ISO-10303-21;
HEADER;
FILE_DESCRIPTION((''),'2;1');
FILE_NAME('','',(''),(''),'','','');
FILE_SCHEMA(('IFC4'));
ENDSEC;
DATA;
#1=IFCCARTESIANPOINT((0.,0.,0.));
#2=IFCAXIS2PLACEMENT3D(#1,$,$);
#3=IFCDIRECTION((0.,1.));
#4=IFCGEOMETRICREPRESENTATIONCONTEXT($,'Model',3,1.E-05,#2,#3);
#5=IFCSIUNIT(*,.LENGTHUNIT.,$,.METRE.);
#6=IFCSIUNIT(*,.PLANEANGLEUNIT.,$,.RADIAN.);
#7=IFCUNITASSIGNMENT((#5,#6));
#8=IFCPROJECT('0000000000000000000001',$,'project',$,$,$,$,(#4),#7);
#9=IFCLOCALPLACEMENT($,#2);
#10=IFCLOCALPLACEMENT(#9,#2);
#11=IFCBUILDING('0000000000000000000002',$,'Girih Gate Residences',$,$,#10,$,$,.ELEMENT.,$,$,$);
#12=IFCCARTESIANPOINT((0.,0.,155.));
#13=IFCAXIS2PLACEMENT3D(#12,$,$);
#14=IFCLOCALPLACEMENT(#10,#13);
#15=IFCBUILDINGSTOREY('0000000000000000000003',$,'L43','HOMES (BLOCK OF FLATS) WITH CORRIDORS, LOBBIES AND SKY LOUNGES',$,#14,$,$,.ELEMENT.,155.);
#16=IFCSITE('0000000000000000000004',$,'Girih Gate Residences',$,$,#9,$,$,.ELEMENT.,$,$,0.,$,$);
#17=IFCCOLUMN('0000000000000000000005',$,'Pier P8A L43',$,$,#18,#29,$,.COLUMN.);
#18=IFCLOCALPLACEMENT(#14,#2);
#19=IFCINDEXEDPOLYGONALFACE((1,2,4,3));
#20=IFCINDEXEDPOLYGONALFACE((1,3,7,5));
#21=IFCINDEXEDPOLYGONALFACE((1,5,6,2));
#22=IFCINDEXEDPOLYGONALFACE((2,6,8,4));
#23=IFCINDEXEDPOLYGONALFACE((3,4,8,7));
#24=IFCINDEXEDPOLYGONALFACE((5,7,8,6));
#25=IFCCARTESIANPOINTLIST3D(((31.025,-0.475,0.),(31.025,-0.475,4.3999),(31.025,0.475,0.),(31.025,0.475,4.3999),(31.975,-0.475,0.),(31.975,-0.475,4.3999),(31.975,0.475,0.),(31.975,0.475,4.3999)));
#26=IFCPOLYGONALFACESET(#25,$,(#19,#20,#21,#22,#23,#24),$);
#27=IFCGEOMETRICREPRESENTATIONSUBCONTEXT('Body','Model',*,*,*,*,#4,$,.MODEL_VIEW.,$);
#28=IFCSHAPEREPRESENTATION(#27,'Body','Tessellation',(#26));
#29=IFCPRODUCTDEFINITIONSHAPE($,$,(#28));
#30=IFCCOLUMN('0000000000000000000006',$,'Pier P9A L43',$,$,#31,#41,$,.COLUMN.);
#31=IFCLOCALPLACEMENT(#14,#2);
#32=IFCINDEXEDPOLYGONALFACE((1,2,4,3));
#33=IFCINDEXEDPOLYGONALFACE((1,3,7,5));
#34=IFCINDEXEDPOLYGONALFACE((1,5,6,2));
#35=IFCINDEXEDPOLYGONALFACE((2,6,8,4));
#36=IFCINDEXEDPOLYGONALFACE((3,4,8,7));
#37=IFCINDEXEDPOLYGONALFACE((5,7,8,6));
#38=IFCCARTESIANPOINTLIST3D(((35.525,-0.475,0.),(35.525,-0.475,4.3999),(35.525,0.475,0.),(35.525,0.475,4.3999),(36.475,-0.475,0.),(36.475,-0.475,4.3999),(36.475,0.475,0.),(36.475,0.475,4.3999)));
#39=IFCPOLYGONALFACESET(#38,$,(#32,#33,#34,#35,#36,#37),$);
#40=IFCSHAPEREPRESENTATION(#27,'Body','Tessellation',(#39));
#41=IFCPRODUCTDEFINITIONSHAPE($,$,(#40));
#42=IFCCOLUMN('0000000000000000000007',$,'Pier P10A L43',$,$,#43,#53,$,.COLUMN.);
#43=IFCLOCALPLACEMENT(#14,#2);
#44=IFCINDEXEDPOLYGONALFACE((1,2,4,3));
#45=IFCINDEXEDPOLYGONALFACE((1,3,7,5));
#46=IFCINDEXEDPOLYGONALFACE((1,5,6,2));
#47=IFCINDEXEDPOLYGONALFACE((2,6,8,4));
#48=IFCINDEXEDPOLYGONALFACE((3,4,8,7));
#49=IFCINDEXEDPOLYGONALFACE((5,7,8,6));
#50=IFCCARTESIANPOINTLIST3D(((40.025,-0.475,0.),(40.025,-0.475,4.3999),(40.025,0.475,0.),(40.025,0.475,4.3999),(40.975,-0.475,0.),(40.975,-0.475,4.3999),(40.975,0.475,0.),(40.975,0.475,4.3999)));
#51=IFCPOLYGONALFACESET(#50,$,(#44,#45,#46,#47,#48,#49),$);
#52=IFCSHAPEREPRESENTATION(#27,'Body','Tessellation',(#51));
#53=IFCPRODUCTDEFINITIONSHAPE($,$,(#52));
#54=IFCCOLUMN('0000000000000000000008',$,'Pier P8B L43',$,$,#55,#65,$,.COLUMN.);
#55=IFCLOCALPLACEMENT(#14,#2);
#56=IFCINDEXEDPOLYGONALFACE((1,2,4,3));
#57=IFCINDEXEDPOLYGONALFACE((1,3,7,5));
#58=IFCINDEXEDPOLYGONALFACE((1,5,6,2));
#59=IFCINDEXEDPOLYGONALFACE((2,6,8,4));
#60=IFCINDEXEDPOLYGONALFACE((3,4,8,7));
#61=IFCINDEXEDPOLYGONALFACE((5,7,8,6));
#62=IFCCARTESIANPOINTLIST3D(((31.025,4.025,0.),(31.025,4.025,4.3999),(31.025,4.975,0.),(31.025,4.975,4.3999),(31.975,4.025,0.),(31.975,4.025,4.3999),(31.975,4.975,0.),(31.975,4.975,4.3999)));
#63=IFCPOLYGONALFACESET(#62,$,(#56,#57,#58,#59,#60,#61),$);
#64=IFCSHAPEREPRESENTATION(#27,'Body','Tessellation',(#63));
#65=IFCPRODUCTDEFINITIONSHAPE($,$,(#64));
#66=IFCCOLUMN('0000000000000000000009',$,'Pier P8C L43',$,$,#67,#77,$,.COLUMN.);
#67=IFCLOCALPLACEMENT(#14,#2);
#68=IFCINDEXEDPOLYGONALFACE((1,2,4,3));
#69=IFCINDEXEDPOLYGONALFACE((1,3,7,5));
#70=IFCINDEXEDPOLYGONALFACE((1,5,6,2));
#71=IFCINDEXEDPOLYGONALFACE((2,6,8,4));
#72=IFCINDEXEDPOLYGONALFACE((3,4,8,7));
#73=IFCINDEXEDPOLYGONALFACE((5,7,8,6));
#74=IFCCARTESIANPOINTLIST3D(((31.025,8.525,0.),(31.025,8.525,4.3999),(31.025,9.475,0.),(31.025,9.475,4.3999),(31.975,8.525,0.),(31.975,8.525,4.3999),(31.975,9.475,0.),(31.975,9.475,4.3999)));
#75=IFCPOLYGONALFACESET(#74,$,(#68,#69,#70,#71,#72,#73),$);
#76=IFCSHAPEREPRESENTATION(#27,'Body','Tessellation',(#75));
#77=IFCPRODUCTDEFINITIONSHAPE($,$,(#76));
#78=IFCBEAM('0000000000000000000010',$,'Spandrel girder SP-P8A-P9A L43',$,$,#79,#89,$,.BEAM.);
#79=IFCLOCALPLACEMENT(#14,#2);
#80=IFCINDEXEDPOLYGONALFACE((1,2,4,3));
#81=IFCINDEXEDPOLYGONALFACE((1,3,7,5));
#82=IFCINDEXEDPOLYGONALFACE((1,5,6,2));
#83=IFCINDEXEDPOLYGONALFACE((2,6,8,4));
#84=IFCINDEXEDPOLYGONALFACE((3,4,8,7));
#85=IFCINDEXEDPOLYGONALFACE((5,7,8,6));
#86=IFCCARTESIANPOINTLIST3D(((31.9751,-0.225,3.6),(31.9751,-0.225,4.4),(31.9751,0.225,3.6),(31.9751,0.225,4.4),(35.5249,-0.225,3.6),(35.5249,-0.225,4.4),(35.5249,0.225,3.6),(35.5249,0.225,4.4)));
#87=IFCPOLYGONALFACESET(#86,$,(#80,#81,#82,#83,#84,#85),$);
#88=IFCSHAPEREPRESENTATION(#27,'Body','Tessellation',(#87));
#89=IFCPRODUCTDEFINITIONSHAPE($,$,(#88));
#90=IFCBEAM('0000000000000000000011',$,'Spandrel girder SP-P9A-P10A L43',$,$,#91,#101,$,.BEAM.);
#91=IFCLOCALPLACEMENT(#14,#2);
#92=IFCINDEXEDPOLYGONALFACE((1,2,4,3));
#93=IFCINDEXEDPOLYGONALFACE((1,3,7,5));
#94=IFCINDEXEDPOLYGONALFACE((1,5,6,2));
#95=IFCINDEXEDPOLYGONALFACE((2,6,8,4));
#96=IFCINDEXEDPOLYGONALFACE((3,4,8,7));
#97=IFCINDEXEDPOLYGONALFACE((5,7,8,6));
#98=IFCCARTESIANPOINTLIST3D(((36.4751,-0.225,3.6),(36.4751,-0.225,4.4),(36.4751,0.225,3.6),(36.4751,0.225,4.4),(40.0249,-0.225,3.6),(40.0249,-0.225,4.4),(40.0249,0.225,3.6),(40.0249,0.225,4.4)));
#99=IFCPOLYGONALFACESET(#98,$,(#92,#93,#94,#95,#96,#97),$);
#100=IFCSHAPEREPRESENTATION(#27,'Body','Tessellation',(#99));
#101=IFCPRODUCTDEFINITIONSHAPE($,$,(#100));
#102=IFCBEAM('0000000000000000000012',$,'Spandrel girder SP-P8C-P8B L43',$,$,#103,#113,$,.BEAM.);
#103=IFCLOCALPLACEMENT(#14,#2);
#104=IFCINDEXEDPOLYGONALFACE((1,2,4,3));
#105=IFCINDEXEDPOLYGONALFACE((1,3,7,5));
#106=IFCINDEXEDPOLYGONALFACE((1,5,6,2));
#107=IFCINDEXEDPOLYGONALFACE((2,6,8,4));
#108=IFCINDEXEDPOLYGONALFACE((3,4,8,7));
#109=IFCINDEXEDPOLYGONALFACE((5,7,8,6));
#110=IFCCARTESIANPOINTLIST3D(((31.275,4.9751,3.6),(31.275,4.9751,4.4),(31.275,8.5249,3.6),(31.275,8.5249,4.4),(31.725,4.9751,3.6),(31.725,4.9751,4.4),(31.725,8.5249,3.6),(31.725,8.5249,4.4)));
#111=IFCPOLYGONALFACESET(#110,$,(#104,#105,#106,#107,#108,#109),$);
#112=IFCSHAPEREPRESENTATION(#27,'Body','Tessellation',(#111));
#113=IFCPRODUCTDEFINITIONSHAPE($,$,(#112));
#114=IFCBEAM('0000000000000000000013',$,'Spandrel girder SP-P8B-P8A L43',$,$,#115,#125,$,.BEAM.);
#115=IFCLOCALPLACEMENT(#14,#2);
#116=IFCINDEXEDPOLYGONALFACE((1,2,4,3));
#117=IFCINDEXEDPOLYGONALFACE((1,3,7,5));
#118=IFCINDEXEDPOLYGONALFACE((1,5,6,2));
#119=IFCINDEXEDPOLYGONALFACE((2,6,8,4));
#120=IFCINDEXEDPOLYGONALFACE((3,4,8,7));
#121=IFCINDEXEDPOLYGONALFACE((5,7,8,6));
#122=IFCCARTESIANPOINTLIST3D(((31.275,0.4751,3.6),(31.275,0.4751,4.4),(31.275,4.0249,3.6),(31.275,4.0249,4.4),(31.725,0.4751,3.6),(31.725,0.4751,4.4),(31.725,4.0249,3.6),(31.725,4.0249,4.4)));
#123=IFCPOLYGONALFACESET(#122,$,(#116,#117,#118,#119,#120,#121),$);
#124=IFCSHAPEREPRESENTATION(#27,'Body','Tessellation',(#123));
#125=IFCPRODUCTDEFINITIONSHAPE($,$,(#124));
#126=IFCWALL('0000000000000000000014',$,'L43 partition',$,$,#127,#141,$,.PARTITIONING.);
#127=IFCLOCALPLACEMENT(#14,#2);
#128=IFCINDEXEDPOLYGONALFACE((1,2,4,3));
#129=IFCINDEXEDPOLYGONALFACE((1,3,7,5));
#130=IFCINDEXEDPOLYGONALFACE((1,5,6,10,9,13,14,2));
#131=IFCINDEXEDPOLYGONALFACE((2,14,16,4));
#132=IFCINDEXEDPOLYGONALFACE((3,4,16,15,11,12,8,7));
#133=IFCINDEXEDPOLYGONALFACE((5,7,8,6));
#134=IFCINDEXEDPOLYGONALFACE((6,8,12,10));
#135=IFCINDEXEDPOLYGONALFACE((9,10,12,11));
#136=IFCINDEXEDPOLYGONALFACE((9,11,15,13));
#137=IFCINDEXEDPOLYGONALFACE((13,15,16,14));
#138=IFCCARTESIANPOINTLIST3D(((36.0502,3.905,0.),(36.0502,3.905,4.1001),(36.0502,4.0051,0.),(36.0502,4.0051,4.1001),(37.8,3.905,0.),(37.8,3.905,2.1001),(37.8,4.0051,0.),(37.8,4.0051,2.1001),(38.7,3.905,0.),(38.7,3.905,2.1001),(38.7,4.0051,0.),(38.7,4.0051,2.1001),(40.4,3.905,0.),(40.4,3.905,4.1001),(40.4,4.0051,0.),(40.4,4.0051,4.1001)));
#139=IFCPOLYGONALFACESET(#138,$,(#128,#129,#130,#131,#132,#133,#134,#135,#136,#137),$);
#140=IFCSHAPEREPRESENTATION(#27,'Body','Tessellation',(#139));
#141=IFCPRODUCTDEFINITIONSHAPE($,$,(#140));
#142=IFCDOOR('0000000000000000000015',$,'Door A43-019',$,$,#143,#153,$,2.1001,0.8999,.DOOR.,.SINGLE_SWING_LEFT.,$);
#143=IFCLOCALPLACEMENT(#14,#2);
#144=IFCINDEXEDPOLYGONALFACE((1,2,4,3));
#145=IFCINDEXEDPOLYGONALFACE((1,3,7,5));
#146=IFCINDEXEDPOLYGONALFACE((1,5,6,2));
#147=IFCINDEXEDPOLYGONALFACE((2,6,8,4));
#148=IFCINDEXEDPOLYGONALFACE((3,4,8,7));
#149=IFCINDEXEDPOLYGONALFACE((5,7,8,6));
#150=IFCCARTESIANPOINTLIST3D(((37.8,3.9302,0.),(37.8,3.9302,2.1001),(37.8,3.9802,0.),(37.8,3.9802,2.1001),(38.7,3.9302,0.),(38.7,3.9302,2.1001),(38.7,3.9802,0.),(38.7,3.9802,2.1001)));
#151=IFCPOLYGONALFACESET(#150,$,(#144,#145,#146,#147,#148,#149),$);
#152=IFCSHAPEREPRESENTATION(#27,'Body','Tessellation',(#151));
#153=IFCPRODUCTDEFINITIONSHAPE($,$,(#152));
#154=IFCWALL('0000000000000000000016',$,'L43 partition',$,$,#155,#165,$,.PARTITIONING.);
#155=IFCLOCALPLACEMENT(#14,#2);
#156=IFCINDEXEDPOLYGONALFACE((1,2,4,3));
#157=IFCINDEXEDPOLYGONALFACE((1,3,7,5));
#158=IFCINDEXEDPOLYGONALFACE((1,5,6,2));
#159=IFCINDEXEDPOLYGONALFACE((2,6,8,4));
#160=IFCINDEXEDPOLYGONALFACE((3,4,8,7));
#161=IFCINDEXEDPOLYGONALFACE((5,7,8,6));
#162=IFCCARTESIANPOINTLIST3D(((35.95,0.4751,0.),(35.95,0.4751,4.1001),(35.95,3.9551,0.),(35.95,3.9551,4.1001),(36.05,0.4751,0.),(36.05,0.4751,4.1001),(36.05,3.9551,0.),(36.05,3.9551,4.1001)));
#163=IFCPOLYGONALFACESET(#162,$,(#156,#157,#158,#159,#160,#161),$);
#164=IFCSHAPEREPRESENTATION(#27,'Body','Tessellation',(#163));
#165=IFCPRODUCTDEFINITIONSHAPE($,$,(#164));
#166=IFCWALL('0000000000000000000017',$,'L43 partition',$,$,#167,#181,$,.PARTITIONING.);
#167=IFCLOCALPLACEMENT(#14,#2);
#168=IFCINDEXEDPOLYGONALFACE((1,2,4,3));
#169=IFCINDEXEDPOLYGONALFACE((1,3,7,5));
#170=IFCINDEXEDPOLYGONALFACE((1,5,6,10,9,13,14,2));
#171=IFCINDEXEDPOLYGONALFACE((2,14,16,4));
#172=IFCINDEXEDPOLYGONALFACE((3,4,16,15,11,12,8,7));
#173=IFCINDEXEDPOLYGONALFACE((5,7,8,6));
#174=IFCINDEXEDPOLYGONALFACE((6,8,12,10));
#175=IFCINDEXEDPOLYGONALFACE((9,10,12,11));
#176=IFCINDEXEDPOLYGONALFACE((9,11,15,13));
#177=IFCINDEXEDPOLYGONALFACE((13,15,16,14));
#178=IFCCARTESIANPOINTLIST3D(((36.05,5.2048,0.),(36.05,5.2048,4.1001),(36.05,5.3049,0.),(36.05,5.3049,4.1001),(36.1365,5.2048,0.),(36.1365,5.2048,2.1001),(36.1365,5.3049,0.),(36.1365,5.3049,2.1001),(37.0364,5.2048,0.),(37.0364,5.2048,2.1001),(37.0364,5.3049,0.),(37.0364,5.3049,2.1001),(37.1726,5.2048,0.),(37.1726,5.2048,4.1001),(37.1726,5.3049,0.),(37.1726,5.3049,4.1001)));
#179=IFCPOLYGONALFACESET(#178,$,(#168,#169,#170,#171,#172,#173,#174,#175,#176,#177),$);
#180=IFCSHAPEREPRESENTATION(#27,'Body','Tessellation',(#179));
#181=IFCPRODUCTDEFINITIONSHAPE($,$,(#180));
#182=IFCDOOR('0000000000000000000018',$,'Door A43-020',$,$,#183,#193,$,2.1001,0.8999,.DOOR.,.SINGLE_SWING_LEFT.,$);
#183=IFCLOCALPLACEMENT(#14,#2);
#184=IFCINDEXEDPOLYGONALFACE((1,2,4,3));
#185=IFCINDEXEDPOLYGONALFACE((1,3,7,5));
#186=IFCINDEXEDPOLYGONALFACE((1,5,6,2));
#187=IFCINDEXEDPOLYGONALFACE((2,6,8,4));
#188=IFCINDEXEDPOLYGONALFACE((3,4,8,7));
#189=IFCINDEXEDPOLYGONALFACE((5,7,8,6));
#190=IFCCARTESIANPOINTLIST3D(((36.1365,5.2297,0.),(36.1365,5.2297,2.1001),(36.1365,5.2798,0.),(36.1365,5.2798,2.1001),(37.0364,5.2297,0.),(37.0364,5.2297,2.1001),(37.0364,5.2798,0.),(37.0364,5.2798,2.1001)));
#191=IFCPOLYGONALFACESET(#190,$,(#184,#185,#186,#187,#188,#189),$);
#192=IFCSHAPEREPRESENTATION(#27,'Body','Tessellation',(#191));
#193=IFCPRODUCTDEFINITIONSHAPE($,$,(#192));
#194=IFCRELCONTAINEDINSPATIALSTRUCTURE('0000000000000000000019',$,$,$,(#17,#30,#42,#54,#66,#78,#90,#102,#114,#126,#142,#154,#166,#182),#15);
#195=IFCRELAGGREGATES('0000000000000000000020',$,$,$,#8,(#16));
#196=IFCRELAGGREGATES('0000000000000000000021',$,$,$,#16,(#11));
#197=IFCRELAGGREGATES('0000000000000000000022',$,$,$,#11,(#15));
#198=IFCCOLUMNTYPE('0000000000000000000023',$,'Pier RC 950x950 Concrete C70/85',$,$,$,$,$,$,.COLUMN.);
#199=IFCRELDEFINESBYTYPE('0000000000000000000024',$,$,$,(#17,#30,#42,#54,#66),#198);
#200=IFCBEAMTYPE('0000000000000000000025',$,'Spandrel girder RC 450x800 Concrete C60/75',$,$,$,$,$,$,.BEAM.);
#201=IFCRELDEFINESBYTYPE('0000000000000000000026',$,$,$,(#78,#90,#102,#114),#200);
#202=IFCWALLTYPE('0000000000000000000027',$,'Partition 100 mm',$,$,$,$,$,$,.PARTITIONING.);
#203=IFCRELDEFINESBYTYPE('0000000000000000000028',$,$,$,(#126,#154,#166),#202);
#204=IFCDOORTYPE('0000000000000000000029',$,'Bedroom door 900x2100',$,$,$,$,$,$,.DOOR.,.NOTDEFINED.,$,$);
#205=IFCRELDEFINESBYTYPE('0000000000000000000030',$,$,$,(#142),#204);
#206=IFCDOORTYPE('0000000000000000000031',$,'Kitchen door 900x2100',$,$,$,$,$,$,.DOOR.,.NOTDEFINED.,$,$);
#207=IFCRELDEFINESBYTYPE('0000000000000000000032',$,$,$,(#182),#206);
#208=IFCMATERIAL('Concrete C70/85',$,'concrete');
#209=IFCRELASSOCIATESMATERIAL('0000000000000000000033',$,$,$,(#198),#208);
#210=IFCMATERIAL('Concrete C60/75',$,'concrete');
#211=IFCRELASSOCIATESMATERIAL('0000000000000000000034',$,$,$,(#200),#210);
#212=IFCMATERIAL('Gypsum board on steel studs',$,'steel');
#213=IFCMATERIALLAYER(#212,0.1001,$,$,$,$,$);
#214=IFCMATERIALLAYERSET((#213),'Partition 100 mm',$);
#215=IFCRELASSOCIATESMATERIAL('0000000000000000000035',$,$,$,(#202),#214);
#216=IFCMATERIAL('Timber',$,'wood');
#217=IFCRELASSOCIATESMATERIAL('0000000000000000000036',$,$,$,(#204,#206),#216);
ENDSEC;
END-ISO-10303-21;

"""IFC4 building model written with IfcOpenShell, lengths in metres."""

from ifc_helpers import new_model, si_unit, direction, frame, frame_2d, origin, origin_2d, place, context, subcontext, project, spatial, rectangle, extrude, material, layer, layer_set, material_profile, profile_set, type_object, element, fill, save


model = new_model("IFC4")

# Units and contexts
model_context = context("Model", 3, precision=1e-05, world=origin(), true_north=direction((0.0, 1.0)))
body_context = subcontext(model_context, "Body", "Model", "MODEL_VIEW")
ifc_project = project(units=[si_unit("LENGTHUNIT", "METRE"), si_unit("PLANEANGLEUNIT", "RADIAN")], contexts=[model_context])

# Site, building, storey
site_placement = place(None, origin())
site = spatial("IfcSite", under=ifc_project, at=site_placement, Name="Girih Gate Residences", CompositionType="ELEMENT", RefElevation=0.0)
building_placement = place(site_placement, origin())
building = spatial("IfcBuilding", under=site, at=building_placement, Name="Girih Gate Residences", CompositionType="ELEMENT")
storey_placement = place(building_placement, frame((0.0, 0.0, 155.0)))
storey = spatial("IfcBuildingStorey", under=building, at=storey_placement, Name="L43", Description="HOMES (BLOCK OF FLATS) WITH CORRIDORS, LOBBIES AND SKY LOUNGES", CompositionType="ELEMENT", Elevation=155.0)

# Columns
ifc_material_1 = material(Name="Concrete C70/85", Category="concrete")
ifc_material_profile_1 = material_profile(ifc_material_1, rectangle(XDim=0.95, YDim=0.95, at=origin_2d()))
ifc_profile_set_1 = profile_set([ifc_material_profile_1], Name="Concrete C70/85")
column_type = type_object("IfcColumnType", Name="Pier RC 950x950 Concrete C70/85", PredefinedType="COLUMN", material=ifc_profile_set_1)
for number, where, z_axis, x_axis, name in (
    (1, (31.5, 0.0, 0.0), (0.0, 0.0, 1.0), (1.0, 0.0, 0.0), "Pier P8A L43"),
    (2, (36.0, 0.0, 0.0), (0.0, 0.0, 1.0), (1.0, 0.0, 0.0), "Pier P9A L43"),
    (3, (40.5, 0.0, 0.0), (0.0, 0.0, 1.0), (1.0, 0.0, 0.0), "Pier P10A L43"),
    (4, (31.5, 4.5, 0.0), (0.0, 0.0, 1.0), (1.0, 0.0, 0.0), "Pier P8B L43"),
    (5, (31.5, 9.0, 0.0), (0.0, 0.0, 1.0), (1.0, 0.0, 0.0), "Pier P8C L43"),
):
    element("IfcColumn", number, at=place(storey_placement, frame(where, z_axis=z_axis, x_axis=x_axis)), inside=storey, type_object=column_type, Name=name, PredefinedType="COLUMN", context=body_context, shape_type="SweptSolid", body=[
        extrude(rectangle(XDim=0.95, YDim=0.95, at=origin_2d()), origin(), (0.0, 0.0, 1.0), 4.3999),
    ])

# Beams
ifc_material_2 = material(Name="Concrete C60/75", Category="concrete")
ifc_material_profile_2 = material_profile(ifc_material_2, rectangle(XDim=0.45, YDim=0.8, at=origin_2d()))
ifc_profile_set_2 = profile_set([ifc_material_profile_2], Name="Concrete C60/75")
beam_type = type_object("IfcBeamType", Name="Spandrel girder RC 450x800 Concrete C60/75", PredefinedType="BEAM", material=ifc_profile_set_2)
for number, where, z_axis, x_axis, name in (
    (6, (31.9751, 0.0, 4.0), (1.0, 0.0, 0.0), (0.0, 1.0, 0.0), "Spandrel girder SP-P8A-P9A L43"),
    (7, (36.4751, 0.0, 4.0), (1.0, 0.0, 0.0), (0.0, 1.0, 0.0), "Spandrel girder SP-P9A-P10A L43"),
    (8, (31.5, 8.5249, 4.0), (0.0, -1.0, 0.0), (1.0, 0.0, 0.0), "Spandrel girder SP-P8C-P8B L43"),
    (9, (31.5, 4.0249, 4.0), (0.0, -1.0, 0.0), (1.0, 0.0, 0.0), "Spandrel girder SP-P8B-P8A L43"),
):
    element("IfcBeam", number, at=place(storey_placement, frame(where, z_axis=z_axis, x_axis=x_axis)), inside=storey, type_object=beam_type, Name=name, PredefinedType="BEAM", context=body_context, shape_type="SweptSolid", body=[
        extrude(rectangle(XDim=0.45, YDim=0.8, at=origin_2d()), origin(), (0.0, 0.0, 1.0), 3.5498),
    ])

# Wall, opening, door
ifc_material_3 = material(Name="Gypsum board on steel studs", Category="steel")
ifc_layer_1 = layer(ifc_material_3, 0.1001)
ifc_layer_set_1 = layer_set([ifc_layer_1], Name="Partition 100 mm")
wall_type_1 = type_object("IfcWallType", Name="Partition 100 mm", PredefinedType="PARTITIONING", material=ifc_layer_set_1)
wall_1_placement = place(storey_placement, frame((40.3999, 3.9551, 0.0), z_axis=(0.0, 0.0, 1.0), x_axis=(-1.0, 0.0, 0.0)))
wall_1 = element("IfcWall", 10, at=wall_1_placement, inside=storey, type_object=wall_type_1, Name="L43 partition", PredefinedType="PARTITIONING", context=body_context, shape_type="SweptSolid", body=[
    extrude(rectangle(XDim=4.3499, YDim=0.1001, at=frame_2d((2.1748, 0.0))), origin(), (0.0, 0.0, 1.0), 4.1001),
])
opening_1_placement = place(wall_1_placement, frame((1.7, 0.0, 0.0)))
opening_1 = element("IfcOpeningElement", 11, at=opening_1_placement, cuts=wall_1, PredefinedType="OPENING", context=body_context, shape_type="SweptSolid", body=[
    extrude(rectangle(XDim=0.8999, YDim=2.1001, at=frame_2d((0.45, 1.05))), frame((0.0, 0.0601, 0.0), z_axis=(0.0, -1.0, 0.0), x_axis=(1.0, 0.0, 0.0)), (0.0, 0.0, 1.0), 0.1201),
])
ifc_material_4 = material(Name="Timber", Category="wood")
door_type_1 = type_object("IfcDoorType", Name="Bedroom door 900x2100", OperationType="NOTDEFINED", PredefinedType="DOOR", material=ifc_material_4)
door_1_placement = place(opening_1_placement, origin())
door_1 = element("IfcDoor", 12, at=door_1_placement, inside=storey, type_object=door_type_1, Name="Door A43-019", OperationType="SINGLE_SWING_LEFT", OverallHeight=2.1001, OverallWidth=0.8999, PredefinedType="DOOR", context=body_context, shape_type="SweptSolid", body=[
    extrude(rectangle(XDim=0.8999, YDim=2.1001, at=frame_2d((0.45, 1.05))), frame((0.0, 0.0249, 0.0), z_axis=(0.0, -1.0, 0.0), x_axis=(1.0, 0.0, 0.0)), (0.0, 0.0, 1.0), 0.05),
])
fill(opening_1, door_1)

# Wall
wall_2_placement = place(storey_placement, frame((36.0, 0.4751, 0.0), z_axis=(0.0, 0.0, 1.0), x_axis=(0.0, 1.0, 0.0)))
element("IfcWall", 13, at=wall_2_placement, inside=storey, type_object=wall_type_1, Name="L43 partition", PredefinedType="PARTITIONING", context=body_context, shape_type="SweptSolid", body=[
    extrude(rectangle(XDim=3.48, YDim=0.1001, at=frame_2d((1.74, 0.0))), origin(), (0.0, 0.0, 1.0), 4.1001),
])

# Wall, opening, door
wall_3_placement = place(storey_placement, frame((36.05, 5.2549, 0.0), z_axis=(0.0, 0.0, 1.0), x_axis=(1.0, 0.0, 0.0)))
wall_3 = element("IfcWall", 14, at=wall_3_placement, inside=storey, type_object=wall_type_1, Name="L43 partition", PredefinedType="PARTITIONING", context=body_context, shape_type="SweptSolid", body=[
    extrude(rectangle(XDim=1.1226, YDim=0.1001, at=frame_2d((0.5613, 0.0))), origin(), (0.0, 0.0, 1.0), 4.1001),
])
opening_2_placement = place(wall_3_placement, frame((0.0864, 0.0, 0.0)))
opening_2 = element("IfcOpeningElement", 15, at=opening_2_placement, cuts=wall_3, PredefinedType="OPENING", context=body_context, shape_type="SweptSolid", body=[
    extrude(rectangle(XDim=0.8999, YDim=2.1001, at=frame_2d((0.45, 1.05))), frame((0.0, 0.0601, 0.0), z_axis=(0.0, -1.0, 0.0), x_axis=(1.0, 0.0, 0.0)), (0.0, 0.0, 1.0), 0.1201),
])
door_type_2 = type_object("IfcDoorType", Name="Kitchen door 900x2100", OperationType="NOTDEFINED", PredefinedType="DOOR", material=ifc_material_4)
door_2_placement = place(opening_2_placement, origin())
door_2 = element("IfcDoor", 16, at=door_2_placement, inside=storey, type_object=door_type_2, Name="Door A43-020", OperationType="SINGLE_SWING_LEFT", OverallHeight=2.1001, OverallWidth=0.8999, PredefinedType="DOOR", context=body_context, shape_type="SweptSolid", body=[
    extrude(rectangle(XDim=0.8999, YDim=2.1001, at=frame_2d((0.45, 1.05))), frame((0.0, 0.0249, 0.0), z_axis=(0.0, -1.0, 0.0), x_axis=(1.0, 0.0, 0.0)), (0.0, 0.0, 1.0), 0.05),
])
fill(opening_2, door_2)

save(model, "model.ifc")
